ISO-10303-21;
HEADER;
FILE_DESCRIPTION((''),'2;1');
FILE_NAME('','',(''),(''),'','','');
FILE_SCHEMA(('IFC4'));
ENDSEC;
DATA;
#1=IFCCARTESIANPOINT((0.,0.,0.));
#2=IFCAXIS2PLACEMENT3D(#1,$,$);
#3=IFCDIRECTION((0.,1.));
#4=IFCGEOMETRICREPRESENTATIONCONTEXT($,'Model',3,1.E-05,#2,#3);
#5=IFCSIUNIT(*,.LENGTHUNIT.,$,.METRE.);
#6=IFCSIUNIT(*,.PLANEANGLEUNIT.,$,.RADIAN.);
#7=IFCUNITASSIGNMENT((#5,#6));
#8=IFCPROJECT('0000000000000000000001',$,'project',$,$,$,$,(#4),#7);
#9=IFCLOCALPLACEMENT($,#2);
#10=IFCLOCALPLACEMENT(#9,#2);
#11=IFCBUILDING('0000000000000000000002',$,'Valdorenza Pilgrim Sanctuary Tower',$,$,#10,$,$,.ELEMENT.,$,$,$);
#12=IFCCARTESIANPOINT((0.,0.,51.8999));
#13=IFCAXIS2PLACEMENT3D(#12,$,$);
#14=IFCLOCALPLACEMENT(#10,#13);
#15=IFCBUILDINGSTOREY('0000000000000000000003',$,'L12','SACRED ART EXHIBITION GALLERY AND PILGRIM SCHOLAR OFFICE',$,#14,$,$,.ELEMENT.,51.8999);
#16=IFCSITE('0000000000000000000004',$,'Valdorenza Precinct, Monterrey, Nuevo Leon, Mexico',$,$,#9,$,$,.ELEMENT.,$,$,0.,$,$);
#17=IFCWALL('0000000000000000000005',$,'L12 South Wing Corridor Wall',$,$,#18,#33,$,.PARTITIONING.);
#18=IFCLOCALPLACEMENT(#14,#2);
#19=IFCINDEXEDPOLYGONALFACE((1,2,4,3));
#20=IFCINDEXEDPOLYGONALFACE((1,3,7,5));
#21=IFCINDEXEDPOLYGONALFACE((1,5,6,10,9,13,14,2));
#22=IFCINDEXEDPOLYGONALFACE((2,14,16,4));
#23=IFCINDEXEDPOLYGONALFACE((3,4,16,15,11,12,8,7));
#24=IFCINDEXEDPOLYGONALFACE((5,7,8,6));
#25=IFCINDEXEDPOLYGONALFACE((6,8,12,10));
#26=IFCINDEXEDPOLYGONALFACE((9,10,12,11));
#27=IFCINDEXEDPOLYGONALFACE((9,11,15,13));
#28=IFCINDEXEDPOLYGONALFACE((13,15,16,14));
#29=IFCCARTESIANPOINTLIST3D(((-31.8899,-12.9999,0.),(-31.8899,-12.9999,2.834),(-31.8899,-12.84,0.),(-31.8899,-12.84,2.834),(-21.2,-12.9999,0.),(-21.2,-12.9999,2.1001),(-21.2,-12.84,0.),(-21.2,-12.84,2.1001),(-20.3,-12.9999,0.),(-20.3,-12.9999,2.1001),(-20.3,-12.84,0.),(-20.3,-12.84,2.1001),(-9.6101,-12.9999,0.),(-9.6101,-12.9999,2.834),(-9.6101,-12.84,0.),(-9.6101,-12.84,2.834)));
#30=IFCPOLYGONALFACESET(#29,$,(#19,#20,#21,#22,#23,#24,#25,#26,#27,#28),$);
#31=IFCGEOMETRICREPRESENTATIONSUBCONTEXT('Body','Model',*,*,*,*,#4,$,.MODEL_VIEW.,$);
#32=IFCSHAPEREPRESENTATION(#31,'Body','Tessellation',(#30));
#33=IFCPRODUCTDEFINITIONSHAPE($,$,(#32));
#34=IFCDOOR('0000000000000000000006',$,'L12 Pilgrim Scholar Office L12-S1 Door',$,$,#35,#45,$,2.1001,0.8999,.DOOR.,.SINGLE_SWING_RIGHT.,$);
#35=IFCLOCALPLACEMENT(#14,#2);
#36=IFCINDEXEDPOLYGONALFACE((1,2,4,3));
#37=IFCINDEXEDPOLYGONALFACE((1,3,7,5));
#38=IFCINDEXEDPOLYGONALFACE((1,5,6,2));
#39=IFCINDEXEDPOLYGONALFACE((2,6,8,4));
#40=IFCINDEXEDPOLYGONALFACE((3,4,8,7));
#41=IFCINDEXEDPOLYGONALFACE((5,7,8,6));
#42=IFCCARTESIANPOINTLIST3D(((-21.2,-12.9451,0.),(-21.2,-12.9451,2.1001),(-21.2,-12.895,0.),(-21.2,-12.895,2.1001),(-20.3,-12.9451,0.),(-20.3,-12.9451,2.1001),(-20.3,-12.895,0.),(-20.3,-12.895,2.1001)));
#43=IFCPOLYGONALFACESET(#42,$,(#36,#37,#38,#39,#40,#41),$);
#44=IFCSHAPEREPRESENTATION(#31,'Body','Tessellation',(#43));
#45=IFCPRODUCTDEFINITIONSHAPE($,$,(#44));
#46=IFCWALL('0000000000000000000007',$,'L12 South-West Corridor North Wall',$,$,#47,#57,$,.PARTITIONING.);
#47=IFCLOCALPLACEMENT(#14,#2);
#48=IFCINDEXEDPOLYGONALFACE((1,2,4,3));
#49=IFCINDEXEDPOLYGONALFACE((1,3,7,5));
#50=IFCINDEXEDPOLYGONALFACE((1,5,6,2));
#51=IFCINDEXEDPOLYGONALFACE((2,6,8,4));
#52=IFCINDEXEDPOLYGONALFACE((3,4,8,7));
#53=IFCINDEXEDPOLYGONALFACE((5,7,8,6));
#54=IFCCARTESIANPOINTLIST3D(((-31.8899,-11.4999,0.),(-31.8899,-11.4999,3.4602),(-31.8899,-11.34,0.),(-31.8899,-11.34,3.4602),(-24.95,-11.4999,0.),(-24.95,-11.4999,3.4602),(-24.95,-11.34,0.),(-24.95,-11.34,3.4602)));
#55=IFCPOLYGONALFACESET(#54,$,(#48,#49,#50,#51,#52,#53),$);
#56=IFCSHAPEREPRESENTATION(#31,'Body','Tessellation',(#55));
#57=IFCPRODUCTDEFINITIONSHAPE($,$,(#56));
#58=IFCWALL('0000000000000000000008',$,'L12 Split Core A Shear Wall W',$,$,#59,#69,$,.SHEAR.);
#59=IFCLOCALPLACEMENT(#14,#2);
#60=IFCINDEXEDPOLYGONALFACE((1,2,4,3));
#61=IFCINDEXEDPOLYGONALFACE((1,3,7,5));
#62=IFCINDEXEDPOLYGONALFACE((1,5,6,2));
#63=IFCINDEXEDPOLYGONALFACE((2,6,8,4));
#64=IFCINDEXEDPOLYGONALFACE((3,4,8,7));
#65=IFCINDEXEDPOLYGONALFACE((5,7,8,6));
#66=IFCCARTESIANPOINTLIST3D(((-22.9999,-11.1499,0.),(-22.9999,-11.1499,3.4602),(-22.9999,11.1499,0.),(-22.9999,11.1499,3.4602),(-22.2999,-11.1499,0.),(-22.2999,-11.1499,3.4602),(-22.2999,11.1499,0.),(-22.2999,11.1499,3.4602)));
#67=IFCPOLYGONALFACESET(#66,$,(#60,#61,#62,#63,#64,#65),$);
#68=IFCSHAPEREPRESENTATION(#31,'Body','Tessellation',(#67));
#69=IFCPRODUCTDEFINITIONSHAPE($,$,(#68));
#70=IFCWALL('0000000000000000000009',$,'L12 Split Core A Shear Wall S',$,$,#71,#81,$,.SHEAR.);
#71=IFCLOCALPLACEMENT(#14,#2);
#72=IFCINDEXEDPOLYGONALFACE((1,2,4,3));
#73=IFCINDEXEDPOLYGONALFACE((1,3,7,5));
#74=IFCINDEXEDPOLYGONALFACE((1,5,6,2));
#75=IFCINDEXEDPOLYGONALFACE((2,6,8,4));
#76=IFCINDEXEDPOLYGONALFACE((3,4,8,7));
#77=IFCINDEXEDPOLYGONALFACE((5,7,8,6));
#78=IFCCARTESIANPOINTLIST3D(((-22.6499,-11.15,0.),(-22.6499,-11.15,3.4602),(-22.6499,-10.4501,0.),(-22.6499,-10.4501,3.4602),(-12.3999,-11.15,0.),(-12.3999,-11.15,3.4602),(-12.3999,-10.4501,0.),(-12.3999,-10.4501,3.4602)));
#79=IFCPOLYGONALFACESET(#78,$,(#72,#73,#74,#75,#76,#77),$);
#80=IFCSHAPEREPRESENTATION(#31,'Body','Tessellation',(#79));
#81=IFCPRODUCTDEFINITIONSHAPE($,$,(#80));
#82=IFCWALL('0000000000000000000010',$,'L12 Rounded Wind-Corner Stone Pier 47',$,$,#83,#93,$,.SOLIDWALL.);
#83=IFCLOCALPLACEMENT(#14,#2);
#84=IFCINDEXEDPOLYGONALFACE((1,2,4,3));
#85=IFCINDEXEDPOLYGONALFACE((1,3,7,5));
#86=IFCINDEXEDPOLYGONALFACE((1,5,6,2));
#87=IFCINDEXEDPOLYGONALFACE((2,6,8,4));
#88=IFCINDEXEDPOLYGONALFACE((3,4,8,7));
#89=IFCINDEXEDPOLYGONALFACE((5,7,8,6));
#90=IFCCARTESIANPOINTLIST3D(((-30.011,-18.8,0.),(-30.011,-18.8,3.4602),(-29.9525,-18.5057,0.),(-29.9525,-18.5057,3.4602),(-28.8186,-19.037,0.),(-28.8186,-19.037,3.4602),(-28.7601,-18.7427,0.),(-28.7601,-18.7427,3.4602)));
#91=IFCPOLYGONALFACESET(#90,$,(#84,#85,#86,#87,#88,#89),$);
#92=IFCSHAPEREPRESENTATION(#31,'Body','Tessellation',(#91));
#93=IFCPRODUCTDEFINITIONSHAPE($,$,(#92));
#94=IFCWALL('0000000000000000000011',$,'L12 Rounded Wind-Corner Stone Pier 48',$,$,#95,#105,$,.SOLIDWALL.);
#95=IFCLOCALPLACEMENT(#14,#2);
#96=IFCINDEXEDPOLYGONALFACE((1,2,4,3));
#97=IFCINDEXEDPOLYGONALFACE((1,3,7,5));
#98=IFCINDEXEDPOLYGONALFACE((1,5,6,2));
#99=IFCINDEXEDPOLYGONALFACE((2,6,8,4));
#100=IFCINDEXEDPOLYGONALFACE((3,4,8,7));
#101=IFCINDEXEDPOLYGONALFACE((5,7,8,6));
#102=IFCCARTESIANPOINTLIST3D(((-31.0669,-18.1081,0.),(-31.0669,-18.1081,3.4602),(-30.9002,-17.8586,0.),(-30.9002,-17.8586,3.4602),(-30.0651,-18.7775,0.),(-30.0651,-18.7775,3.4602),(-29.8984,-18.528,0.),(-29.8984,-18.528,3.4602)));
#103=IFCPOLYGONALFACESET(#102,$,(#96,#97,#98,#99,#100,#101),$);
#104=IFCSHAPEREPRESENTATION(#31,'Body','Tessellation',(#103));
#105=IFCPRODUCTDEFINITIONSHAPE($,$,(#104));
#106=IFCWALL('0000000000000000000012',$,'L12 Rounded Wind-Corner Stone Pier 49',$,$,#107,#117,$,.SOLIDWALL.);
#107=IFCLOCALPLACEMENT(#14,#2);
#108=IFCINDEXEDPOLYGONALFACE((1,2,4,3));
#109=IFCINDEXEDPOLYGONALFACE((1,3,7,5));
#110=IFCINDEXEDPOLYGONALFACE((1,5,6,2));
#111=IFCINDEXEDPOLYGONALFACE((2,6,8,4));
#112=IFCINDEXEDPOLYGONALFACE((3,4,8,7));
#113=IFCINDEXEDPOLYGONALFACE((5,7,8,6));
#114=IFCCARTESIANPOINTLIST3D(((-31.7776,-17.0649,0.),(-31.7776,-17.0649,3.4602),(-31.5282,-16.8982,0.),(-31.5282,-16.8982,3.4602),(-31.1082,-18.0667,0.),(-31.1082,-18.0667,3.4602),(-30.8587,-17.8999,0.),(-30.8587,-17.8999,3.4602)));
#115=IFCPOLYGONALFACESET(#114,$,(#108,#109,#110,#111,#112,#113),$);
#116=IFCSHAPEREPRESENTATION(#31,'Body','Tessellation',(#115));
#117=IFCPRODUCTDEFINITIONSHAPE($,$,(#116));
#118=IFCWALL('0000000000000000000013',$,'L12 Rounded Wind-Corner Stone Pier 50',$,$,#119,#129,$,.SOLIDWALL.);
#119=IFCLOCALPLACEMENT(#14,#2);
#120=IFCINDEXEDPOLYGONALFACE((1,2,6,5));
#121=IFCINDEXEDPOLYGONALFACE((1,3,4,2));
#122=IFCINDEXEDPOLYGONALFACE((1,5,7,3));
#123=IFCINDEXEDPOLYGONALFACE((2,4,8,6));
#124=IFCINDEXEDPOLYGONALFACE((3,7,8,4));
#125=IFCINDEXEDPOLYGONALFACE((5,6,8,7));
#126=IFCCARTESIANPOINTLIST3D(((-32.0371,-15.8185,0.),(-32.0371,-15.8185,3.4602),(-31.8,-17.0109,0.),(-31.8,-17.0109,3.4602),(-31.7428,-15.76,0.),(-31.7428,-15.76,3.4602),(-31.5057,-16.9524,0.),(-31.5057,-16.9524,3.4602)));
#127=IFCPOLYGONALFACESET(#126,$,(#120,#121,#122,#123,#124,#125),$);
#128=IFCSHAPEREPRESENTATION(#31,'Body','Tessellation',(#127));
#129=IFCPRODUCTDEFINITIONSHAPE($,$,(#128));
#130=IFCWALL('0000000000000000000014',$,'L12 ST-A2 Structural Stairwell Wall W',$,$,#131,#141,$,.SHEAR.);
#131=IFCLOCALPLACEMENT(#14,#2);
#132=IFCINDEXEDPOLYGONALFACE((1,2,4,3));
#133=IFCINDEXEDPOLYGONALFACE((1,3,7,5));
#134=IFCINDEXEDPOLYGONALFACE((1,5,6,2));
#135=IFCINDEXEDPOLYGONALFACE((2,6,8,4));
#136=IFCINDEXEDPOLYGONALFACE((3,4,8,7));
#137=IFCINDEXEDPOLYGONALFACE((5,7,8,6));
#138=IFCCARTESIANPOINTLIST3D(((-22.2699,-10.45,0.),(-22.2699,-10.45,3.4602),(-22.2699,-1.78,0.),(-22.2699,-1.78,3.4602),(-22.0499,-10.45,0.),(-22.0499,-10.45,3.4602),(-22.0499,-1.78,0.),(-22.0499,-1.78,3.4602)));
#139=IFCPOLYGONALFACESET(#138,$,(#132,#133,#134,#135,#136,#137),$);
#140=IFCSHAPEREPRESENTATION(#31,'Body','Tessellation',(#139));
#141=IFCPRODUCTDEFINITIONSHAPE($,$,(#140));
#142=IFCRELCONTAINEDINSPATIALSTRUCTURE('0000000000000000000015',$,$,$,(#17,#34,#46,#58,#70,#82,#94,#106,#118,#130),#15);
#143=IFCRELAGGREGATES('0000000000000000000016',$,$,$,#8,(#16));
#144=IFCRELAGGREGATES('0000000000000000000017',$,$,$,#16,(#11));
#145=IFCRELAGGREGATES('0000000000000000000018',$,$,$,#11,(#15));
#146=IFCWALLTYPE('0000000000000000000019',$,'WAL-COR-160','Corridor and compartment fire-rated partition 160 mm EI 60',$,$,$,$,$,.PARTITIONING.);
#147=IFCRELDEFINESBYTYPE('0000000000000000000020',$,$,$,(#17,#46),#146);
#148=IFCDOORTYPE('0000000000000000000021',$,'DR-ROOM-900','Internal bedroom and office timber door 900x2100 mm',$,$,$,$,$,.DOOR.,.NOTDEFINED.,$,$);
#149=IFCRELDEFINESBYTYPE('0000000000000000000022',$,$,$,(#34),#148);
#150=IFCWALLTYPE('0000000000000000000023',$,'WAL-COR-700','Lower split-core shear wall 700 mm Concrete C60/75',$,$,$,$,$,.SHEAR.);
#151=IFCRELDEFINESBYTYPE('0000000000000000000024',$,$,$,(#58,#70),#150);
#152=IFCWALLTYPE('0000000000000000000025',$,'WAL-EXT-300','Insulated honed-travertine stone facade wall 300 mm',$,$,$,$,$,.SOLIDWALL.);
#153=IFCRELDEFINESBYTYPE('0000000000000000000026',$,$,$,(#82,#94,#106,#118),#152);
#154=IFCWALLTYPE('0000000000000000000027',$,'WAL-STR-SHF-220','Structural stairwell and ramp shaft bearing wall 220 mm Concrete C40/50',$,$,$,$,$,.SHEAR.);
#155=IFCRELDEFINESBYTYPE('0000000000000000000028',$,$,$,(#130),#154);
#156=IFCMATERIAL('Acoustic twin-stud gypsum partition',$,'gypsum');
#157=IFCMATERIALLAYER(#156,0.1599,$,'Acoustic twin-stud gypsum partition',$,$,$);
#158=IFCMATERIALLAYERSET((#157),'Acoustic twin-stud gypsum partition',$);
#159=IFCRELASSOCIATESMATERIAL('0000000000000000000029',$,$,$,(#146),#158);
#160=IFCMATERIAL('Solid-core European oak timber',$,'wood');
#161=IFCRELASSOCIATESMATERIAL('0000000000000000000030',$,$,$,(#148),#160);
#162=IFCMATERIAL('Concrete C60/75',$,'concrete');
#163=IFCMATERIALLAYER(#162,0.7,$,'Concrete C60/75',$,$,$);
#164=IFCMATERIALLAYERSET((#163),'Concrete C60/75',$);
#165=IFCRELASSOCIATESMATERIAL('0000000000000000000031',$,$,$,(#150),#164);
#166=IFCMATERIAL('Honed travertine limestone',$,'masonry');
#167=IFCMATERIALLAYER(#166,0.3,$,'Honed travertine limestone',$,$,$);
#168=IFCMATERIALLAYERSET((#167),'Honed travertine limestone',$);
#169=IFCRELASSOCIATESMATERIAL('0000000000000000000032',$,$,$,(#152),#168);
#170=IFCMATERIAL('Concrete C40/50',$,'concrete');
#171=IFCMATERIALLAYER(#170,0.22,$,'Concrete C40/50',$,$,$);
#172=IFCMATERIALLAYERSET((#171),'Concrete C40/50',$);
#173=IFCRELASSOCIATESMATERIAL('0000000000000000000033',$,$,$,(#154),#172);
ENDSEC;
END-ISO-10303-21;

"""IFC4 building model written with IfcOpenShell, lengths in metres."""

from ifc_helpers import new_model, si_unit, direction, frame, frame_2d, origin, place, context, subcontext, project, spatial, rectangle, extrude, material, layer, layer_set, type_object, element, fill, save


model = new_model("IFC4")

# Units and contexts
model_context = context("Model", 3, precision=1e-05, world=origin(), true_north=direction((0.0, 1.0)))
body_context = subcontext(model_context, "Body", "Model", "MODEL_VIEW")
ifc_project = project(units=[si_unit("LENGTHUNIT", "METRE"), si_unit("PLANEANGLEUNIT", "RADIAN")], contexts=[model_context])

# Site, building, storey
site_placement = place(None, origin())
site = spatial("IfcSite", under=ifc_project, at=site_placement, Name="Valdorenza Precinct, Monterrey, Nuevo Leon, Mexico", CompositionType="ELEMENT", RefElevation=0.0)
building_placement = place(site_placement, origin())
building = spatial("IfcBuilding", under=site, at=building_placement, Name="Valdorenza Pilgrim Sanctuary Tower", CompositionType="ELEMENT")
storey_placement = place(building_placement, frame((0.0, 0.0, 51.8999)))
storey = spatial("IfcBuildingStorey", under=building, at=storey_placement, Name="L12", Description="SACRED ART EXHIBITION GALLERY AND PILGRIM SCHOLAR OFFICE", CompositionType="ELEMENT", Elevation=51.8999)

# Shared definitions
ifc_material_1 = material(Name="Concrete C60/75", Category="concrete")

# Shared definitions
ifc_material_2 = material(Name="Honed travertine limestone", Category="masonry")

# Shared definitions
ifc_material_3 = material(Name="Acoustic twin-stud gypsum partition", Category="gypsum")
ifc_layer_1 = layer(ifc_material_3, 0.1599, Name="Acoustic twin-stud gypsum partition")
ifc_layer_set_1 = layer_set([ifc_layer_1], Name="Acoustic twin-stud gypsum partition")
wall_type_1 = type_object("IfcWallType", Name="WAL-COR-160", Description="Corridor and compartment fire-rated partition 160 mm EI 60", PredefinedType="PARTITIONING", material=ifc_layer_set_1)
ifc_material_4 = material(Name="Solid-core European oak timber", Category="wood")
door_type_1 = type_object("IfcDoorType", Name="DR-ROOM-900", Description="Internal bedroom and office timber door 900x2100 mm", OperationType="NOTDEFINED", PredefinedType="DOOR", material=ifc_material_4)

# Wall, opening, door
wall_1_placement = place(storey_placement, frame((-31.8899, -12.9199, 0.0), z_axis=(0.0, 0.0, 1.0), x_axis=(1.0, 0.0, 0.0)))
wall_1 = element("IfcWall", 1, at=wall_1_placement, inside=storey, type_object=wall_type_1, Name="L12 South Wing Corridor Wall", PredefinedType="PARTITIONING", context=body_context, shape_type="SweptSolid", body=[
    extrude(rectangle(XDim=22.2798, YDim=0.1599, at=frame_2d((11.1399, 0.0))), origin(), (0.0, 0.0, 1.0), 2.834),
])
opening_1_placement = place(wall_1_placement, frame((10.6899, 0.0, 0.0)))
opening_1 = element("IfcOpeningElement", 2, at=opening_1_placement, cuts=wall_1, PredefinedType="OPENING", context=body_context, shape_type="SweptSolid", body=[
    extrude(rectangle(XDim=0.8999, YDim=2.1001, at=frame_2d((0.45, 1.05))), frame((0.0, 0.0947, 0.0), z_axis=(0.0, -1.0, 0.0), x_axis=(1.0, 0.0, 0.0)), (0.0, 0.0, 1.0), 0.1897),
])
door_1_placement = place(opening_1_placement, origin())
door_1 = element("IfcDoor", 3, at=door_1_placement, inside=storey, type_object=door_type_1, Name="L12 Pilgrim Scholar Office L12-S1 Door", OperationType="SINGLE_SWING_RIGHT", OverallHeight=2.1001, OverallWidth=0.8999, PredefinedType="DOOR", context=body_context, shape_type="SweptSolid", body=[
    extrude(rectangle(XDim=0.8999, YDim=2.1001, at=frame_2d((0.45, 1.05))), frame((0.0, 0.0249, 0.0), z_axis=(0.0, -1.0, 0.0), x_axis=(1.0, 0.0, 0.0)), (0.0, 0.0, 1.0), 0.05),
])
fill(opening_1, door_1)

# Walls
wall_2_placement = place(storey_placement, frame((-31.8899, -11.4199, 0.0), z_axis=(0.0, 0.0, 1.0), x_axis=(1.0, 0.0, 0.0)))
element("IfcWall", 4, at=wall_2_placement, inside=storey, type_object=wall_type_1, Name="L12 South-West Corridor North Wall", PredefinedType="PARTITIONING", context=body_context, shape_type="SweptSolid", body=[
    extrude(rectangle(XDim=6.9399, YDim=0.1599, at=frame_2d((3.47, 0.0))), origin(), (0.0, 0.0, 1.0), 3.4602),
])
ifc_layer_2 = layer(ifc_material_1, 0.7, Name="Concrete C60/75")
ifc_layer_set_2 = layer_set([ifc_layer_2], Name="Concrete C60/75")
wall_type_2 = type_object("IfcWallType", Name="WAL-COR-700", Description="Lower split-core shear wall 700 mm Concrete C60/75", PredefinedType="SHEAR", material=ifc_layer_set_2)
wall_3_placement = place(storey_placement, frame((-22.6499, -11.1499, 0.0), z_axis=(0.0, 0.0, 1.0), x_axis=(0.0, 1.0, 0.0)))
element("IfcWall", 5, at=wall_3_placement, inside=storey, type_object=wall_type_2, Name="L12 Split Core A Shear Wall W", PredefinedType="SHEAR", context=body_context, shape_type="SweptSolid", body=[
    extrude(rectangle(XDim=22.2998, YDim=0.7, at=frame_2d((11.1499, 0.0))), origin(), (0.0, 0.0, 1.0), 3.4602),
])
wall_4_placement = place(storey_placement, frame((-22.6499, -10.8, 0.0), z_axis=(0.0, 0.0, 1.0), x_axis=(1.0, 0.0, 0.0)))
element("IfcWall", 6, at=wall_4_placement, inside=storey, type_object=wall_type_2, Name="L12 Split Core A Shear Wall S", PredefinedType="SHEAR", context=body_context, shape_type="SweptSolid", body=[
    extrude(rectangle(XDim=10.25, YDim=0.7, at=frame_2d((5.125, 0.0))), origin(), (0.0, 0.0, 1.0), 3.4602),
])
ifc_layer_3 = layer(ifc_material_2, 0.3, Name="Honed travertine limestone")
ifc_layer_set_3 = layer_set([ifc_layer_3], Name="Honed travertine limestone")
wall_type_3 = type_object("IfcWallType", Name="WAL-EXT-300", Description="Insulated honed-travertine stone facade wall 300 mm", PredefinedType="SOLIDWALL", material=ifc_layer_set_3)
wall_5_placement = place(storey_placement, frame((-28.7893, -18.8899, 0.0), z_axis=(0.0, 0.0, 1.0), x_axis=(-0.980804, 0.194996, 0.0)))
element("IfcWall", 7, at=wall_5_placement, inside=storey, type_object=wall_type_3, Name="L12 Rounded Wind-Corner Stone Pier 47", PredefinedType="SOLIDWALL", context=body_context, shape_type="SweptSolid", body=[
    extrude(rectangle(XDim=1.2158, YDim=0.3, at=frame_2d((0.6079, 0.0))), origin(), (0.0, 0.0, 1.0), 3.4602),
])
for number, where, z_axis, x_axis, name in (
    (8, (-29.9817, -18.6528, 0.0), (0.0, 0.0, 1.0), (-0.831426, 0.555635, 0.0), "L12 Rounded Wind-Corner Stone Pier 48"),
    (9, (-30.9834, -17.9834, 0.0), (0.0, 0.0, 1.0), (-0.555635, 0.831426, 0.0), "L12 Rounded Wind-Corner Stone Pier 49"),
):
    element("IfcWall", number, at=place(storey_placement, frame(where, z_axis=z_axis, x_axis=x_axis)), inside=storey, type_object=wall_type_3, Name=name, PredefinedType="SOLIDWALL", context=body_context, shape_type="SweptSolid", body=[
        extrude(rectangle(XDim=1.2048, YDim=0.3, at=frame_2d((0.6025, 0.0))), origin(), (0.0, 0.0, 1.0), 3.4602),
    ])
wall_6_placement = place(storey_placement, frame((-31.6528, -16.9817, 0.0), z_axis=(0.0, 0.0, 1.0), x_axis=(-0.194996, 0.980804, 0.0)))
element("IfcWall", 10, at=wall_6_placement, inside=storey, type_object=wall_type_3, Name="L12 Rounded Wind-Corner Stone Pier 50", PredefinedType="SOLIDWALL", context=body_context, shape_type="SweptSolid", body=[
    extrude(rectangle(XDim=1.2158, YDim=0.3, at=frame_2d((0.6079, 0.0))), origin(), (0.0, 0.0, 1.0), 3.4602),
])
ifc_material_5 = material(Name="Concrete C40/50", Category="concrete")
ifc_layer_4 = layer(ifc_material_5, 0.22, Name="Concrete C40/50")
ifc_layer_set_4 = layer_set([ifc_layer_4], Name="Concrete C40/50")
wall_type_4 = type_object("IfcWallType", Name="WAL-STR-SHF-220", Description="Structural stairwell and ramp shaft bearing wall 220 mm Concrete C40/50", PredefinedType="SHEAR", material=ifc_layer_set_4)
wall_7_placement = place(storey_placement, frame((-22.1599, -10.45, 0.0), z_axis=(0.0, 0.0, 1.0), x_axis=(0.0, 1.0, 0.0)))
element("IfcWall", 11, at=wall_7_placement, inside=storey, type_object=wall_type_4, Name="L12 ST-A2 Structural Stairwell Wall W", PredefinedType="SHEAR", context=body_context, shape_type="SweptSolid", body=[
    extrude(rectangle(XDim=8.6699, YDim=0.22, at=frame_2d((4.335, 0.0))), origin(), (0.0, 0.0, 1.0), 3.4602),
])

save(model, "model.ifc")
